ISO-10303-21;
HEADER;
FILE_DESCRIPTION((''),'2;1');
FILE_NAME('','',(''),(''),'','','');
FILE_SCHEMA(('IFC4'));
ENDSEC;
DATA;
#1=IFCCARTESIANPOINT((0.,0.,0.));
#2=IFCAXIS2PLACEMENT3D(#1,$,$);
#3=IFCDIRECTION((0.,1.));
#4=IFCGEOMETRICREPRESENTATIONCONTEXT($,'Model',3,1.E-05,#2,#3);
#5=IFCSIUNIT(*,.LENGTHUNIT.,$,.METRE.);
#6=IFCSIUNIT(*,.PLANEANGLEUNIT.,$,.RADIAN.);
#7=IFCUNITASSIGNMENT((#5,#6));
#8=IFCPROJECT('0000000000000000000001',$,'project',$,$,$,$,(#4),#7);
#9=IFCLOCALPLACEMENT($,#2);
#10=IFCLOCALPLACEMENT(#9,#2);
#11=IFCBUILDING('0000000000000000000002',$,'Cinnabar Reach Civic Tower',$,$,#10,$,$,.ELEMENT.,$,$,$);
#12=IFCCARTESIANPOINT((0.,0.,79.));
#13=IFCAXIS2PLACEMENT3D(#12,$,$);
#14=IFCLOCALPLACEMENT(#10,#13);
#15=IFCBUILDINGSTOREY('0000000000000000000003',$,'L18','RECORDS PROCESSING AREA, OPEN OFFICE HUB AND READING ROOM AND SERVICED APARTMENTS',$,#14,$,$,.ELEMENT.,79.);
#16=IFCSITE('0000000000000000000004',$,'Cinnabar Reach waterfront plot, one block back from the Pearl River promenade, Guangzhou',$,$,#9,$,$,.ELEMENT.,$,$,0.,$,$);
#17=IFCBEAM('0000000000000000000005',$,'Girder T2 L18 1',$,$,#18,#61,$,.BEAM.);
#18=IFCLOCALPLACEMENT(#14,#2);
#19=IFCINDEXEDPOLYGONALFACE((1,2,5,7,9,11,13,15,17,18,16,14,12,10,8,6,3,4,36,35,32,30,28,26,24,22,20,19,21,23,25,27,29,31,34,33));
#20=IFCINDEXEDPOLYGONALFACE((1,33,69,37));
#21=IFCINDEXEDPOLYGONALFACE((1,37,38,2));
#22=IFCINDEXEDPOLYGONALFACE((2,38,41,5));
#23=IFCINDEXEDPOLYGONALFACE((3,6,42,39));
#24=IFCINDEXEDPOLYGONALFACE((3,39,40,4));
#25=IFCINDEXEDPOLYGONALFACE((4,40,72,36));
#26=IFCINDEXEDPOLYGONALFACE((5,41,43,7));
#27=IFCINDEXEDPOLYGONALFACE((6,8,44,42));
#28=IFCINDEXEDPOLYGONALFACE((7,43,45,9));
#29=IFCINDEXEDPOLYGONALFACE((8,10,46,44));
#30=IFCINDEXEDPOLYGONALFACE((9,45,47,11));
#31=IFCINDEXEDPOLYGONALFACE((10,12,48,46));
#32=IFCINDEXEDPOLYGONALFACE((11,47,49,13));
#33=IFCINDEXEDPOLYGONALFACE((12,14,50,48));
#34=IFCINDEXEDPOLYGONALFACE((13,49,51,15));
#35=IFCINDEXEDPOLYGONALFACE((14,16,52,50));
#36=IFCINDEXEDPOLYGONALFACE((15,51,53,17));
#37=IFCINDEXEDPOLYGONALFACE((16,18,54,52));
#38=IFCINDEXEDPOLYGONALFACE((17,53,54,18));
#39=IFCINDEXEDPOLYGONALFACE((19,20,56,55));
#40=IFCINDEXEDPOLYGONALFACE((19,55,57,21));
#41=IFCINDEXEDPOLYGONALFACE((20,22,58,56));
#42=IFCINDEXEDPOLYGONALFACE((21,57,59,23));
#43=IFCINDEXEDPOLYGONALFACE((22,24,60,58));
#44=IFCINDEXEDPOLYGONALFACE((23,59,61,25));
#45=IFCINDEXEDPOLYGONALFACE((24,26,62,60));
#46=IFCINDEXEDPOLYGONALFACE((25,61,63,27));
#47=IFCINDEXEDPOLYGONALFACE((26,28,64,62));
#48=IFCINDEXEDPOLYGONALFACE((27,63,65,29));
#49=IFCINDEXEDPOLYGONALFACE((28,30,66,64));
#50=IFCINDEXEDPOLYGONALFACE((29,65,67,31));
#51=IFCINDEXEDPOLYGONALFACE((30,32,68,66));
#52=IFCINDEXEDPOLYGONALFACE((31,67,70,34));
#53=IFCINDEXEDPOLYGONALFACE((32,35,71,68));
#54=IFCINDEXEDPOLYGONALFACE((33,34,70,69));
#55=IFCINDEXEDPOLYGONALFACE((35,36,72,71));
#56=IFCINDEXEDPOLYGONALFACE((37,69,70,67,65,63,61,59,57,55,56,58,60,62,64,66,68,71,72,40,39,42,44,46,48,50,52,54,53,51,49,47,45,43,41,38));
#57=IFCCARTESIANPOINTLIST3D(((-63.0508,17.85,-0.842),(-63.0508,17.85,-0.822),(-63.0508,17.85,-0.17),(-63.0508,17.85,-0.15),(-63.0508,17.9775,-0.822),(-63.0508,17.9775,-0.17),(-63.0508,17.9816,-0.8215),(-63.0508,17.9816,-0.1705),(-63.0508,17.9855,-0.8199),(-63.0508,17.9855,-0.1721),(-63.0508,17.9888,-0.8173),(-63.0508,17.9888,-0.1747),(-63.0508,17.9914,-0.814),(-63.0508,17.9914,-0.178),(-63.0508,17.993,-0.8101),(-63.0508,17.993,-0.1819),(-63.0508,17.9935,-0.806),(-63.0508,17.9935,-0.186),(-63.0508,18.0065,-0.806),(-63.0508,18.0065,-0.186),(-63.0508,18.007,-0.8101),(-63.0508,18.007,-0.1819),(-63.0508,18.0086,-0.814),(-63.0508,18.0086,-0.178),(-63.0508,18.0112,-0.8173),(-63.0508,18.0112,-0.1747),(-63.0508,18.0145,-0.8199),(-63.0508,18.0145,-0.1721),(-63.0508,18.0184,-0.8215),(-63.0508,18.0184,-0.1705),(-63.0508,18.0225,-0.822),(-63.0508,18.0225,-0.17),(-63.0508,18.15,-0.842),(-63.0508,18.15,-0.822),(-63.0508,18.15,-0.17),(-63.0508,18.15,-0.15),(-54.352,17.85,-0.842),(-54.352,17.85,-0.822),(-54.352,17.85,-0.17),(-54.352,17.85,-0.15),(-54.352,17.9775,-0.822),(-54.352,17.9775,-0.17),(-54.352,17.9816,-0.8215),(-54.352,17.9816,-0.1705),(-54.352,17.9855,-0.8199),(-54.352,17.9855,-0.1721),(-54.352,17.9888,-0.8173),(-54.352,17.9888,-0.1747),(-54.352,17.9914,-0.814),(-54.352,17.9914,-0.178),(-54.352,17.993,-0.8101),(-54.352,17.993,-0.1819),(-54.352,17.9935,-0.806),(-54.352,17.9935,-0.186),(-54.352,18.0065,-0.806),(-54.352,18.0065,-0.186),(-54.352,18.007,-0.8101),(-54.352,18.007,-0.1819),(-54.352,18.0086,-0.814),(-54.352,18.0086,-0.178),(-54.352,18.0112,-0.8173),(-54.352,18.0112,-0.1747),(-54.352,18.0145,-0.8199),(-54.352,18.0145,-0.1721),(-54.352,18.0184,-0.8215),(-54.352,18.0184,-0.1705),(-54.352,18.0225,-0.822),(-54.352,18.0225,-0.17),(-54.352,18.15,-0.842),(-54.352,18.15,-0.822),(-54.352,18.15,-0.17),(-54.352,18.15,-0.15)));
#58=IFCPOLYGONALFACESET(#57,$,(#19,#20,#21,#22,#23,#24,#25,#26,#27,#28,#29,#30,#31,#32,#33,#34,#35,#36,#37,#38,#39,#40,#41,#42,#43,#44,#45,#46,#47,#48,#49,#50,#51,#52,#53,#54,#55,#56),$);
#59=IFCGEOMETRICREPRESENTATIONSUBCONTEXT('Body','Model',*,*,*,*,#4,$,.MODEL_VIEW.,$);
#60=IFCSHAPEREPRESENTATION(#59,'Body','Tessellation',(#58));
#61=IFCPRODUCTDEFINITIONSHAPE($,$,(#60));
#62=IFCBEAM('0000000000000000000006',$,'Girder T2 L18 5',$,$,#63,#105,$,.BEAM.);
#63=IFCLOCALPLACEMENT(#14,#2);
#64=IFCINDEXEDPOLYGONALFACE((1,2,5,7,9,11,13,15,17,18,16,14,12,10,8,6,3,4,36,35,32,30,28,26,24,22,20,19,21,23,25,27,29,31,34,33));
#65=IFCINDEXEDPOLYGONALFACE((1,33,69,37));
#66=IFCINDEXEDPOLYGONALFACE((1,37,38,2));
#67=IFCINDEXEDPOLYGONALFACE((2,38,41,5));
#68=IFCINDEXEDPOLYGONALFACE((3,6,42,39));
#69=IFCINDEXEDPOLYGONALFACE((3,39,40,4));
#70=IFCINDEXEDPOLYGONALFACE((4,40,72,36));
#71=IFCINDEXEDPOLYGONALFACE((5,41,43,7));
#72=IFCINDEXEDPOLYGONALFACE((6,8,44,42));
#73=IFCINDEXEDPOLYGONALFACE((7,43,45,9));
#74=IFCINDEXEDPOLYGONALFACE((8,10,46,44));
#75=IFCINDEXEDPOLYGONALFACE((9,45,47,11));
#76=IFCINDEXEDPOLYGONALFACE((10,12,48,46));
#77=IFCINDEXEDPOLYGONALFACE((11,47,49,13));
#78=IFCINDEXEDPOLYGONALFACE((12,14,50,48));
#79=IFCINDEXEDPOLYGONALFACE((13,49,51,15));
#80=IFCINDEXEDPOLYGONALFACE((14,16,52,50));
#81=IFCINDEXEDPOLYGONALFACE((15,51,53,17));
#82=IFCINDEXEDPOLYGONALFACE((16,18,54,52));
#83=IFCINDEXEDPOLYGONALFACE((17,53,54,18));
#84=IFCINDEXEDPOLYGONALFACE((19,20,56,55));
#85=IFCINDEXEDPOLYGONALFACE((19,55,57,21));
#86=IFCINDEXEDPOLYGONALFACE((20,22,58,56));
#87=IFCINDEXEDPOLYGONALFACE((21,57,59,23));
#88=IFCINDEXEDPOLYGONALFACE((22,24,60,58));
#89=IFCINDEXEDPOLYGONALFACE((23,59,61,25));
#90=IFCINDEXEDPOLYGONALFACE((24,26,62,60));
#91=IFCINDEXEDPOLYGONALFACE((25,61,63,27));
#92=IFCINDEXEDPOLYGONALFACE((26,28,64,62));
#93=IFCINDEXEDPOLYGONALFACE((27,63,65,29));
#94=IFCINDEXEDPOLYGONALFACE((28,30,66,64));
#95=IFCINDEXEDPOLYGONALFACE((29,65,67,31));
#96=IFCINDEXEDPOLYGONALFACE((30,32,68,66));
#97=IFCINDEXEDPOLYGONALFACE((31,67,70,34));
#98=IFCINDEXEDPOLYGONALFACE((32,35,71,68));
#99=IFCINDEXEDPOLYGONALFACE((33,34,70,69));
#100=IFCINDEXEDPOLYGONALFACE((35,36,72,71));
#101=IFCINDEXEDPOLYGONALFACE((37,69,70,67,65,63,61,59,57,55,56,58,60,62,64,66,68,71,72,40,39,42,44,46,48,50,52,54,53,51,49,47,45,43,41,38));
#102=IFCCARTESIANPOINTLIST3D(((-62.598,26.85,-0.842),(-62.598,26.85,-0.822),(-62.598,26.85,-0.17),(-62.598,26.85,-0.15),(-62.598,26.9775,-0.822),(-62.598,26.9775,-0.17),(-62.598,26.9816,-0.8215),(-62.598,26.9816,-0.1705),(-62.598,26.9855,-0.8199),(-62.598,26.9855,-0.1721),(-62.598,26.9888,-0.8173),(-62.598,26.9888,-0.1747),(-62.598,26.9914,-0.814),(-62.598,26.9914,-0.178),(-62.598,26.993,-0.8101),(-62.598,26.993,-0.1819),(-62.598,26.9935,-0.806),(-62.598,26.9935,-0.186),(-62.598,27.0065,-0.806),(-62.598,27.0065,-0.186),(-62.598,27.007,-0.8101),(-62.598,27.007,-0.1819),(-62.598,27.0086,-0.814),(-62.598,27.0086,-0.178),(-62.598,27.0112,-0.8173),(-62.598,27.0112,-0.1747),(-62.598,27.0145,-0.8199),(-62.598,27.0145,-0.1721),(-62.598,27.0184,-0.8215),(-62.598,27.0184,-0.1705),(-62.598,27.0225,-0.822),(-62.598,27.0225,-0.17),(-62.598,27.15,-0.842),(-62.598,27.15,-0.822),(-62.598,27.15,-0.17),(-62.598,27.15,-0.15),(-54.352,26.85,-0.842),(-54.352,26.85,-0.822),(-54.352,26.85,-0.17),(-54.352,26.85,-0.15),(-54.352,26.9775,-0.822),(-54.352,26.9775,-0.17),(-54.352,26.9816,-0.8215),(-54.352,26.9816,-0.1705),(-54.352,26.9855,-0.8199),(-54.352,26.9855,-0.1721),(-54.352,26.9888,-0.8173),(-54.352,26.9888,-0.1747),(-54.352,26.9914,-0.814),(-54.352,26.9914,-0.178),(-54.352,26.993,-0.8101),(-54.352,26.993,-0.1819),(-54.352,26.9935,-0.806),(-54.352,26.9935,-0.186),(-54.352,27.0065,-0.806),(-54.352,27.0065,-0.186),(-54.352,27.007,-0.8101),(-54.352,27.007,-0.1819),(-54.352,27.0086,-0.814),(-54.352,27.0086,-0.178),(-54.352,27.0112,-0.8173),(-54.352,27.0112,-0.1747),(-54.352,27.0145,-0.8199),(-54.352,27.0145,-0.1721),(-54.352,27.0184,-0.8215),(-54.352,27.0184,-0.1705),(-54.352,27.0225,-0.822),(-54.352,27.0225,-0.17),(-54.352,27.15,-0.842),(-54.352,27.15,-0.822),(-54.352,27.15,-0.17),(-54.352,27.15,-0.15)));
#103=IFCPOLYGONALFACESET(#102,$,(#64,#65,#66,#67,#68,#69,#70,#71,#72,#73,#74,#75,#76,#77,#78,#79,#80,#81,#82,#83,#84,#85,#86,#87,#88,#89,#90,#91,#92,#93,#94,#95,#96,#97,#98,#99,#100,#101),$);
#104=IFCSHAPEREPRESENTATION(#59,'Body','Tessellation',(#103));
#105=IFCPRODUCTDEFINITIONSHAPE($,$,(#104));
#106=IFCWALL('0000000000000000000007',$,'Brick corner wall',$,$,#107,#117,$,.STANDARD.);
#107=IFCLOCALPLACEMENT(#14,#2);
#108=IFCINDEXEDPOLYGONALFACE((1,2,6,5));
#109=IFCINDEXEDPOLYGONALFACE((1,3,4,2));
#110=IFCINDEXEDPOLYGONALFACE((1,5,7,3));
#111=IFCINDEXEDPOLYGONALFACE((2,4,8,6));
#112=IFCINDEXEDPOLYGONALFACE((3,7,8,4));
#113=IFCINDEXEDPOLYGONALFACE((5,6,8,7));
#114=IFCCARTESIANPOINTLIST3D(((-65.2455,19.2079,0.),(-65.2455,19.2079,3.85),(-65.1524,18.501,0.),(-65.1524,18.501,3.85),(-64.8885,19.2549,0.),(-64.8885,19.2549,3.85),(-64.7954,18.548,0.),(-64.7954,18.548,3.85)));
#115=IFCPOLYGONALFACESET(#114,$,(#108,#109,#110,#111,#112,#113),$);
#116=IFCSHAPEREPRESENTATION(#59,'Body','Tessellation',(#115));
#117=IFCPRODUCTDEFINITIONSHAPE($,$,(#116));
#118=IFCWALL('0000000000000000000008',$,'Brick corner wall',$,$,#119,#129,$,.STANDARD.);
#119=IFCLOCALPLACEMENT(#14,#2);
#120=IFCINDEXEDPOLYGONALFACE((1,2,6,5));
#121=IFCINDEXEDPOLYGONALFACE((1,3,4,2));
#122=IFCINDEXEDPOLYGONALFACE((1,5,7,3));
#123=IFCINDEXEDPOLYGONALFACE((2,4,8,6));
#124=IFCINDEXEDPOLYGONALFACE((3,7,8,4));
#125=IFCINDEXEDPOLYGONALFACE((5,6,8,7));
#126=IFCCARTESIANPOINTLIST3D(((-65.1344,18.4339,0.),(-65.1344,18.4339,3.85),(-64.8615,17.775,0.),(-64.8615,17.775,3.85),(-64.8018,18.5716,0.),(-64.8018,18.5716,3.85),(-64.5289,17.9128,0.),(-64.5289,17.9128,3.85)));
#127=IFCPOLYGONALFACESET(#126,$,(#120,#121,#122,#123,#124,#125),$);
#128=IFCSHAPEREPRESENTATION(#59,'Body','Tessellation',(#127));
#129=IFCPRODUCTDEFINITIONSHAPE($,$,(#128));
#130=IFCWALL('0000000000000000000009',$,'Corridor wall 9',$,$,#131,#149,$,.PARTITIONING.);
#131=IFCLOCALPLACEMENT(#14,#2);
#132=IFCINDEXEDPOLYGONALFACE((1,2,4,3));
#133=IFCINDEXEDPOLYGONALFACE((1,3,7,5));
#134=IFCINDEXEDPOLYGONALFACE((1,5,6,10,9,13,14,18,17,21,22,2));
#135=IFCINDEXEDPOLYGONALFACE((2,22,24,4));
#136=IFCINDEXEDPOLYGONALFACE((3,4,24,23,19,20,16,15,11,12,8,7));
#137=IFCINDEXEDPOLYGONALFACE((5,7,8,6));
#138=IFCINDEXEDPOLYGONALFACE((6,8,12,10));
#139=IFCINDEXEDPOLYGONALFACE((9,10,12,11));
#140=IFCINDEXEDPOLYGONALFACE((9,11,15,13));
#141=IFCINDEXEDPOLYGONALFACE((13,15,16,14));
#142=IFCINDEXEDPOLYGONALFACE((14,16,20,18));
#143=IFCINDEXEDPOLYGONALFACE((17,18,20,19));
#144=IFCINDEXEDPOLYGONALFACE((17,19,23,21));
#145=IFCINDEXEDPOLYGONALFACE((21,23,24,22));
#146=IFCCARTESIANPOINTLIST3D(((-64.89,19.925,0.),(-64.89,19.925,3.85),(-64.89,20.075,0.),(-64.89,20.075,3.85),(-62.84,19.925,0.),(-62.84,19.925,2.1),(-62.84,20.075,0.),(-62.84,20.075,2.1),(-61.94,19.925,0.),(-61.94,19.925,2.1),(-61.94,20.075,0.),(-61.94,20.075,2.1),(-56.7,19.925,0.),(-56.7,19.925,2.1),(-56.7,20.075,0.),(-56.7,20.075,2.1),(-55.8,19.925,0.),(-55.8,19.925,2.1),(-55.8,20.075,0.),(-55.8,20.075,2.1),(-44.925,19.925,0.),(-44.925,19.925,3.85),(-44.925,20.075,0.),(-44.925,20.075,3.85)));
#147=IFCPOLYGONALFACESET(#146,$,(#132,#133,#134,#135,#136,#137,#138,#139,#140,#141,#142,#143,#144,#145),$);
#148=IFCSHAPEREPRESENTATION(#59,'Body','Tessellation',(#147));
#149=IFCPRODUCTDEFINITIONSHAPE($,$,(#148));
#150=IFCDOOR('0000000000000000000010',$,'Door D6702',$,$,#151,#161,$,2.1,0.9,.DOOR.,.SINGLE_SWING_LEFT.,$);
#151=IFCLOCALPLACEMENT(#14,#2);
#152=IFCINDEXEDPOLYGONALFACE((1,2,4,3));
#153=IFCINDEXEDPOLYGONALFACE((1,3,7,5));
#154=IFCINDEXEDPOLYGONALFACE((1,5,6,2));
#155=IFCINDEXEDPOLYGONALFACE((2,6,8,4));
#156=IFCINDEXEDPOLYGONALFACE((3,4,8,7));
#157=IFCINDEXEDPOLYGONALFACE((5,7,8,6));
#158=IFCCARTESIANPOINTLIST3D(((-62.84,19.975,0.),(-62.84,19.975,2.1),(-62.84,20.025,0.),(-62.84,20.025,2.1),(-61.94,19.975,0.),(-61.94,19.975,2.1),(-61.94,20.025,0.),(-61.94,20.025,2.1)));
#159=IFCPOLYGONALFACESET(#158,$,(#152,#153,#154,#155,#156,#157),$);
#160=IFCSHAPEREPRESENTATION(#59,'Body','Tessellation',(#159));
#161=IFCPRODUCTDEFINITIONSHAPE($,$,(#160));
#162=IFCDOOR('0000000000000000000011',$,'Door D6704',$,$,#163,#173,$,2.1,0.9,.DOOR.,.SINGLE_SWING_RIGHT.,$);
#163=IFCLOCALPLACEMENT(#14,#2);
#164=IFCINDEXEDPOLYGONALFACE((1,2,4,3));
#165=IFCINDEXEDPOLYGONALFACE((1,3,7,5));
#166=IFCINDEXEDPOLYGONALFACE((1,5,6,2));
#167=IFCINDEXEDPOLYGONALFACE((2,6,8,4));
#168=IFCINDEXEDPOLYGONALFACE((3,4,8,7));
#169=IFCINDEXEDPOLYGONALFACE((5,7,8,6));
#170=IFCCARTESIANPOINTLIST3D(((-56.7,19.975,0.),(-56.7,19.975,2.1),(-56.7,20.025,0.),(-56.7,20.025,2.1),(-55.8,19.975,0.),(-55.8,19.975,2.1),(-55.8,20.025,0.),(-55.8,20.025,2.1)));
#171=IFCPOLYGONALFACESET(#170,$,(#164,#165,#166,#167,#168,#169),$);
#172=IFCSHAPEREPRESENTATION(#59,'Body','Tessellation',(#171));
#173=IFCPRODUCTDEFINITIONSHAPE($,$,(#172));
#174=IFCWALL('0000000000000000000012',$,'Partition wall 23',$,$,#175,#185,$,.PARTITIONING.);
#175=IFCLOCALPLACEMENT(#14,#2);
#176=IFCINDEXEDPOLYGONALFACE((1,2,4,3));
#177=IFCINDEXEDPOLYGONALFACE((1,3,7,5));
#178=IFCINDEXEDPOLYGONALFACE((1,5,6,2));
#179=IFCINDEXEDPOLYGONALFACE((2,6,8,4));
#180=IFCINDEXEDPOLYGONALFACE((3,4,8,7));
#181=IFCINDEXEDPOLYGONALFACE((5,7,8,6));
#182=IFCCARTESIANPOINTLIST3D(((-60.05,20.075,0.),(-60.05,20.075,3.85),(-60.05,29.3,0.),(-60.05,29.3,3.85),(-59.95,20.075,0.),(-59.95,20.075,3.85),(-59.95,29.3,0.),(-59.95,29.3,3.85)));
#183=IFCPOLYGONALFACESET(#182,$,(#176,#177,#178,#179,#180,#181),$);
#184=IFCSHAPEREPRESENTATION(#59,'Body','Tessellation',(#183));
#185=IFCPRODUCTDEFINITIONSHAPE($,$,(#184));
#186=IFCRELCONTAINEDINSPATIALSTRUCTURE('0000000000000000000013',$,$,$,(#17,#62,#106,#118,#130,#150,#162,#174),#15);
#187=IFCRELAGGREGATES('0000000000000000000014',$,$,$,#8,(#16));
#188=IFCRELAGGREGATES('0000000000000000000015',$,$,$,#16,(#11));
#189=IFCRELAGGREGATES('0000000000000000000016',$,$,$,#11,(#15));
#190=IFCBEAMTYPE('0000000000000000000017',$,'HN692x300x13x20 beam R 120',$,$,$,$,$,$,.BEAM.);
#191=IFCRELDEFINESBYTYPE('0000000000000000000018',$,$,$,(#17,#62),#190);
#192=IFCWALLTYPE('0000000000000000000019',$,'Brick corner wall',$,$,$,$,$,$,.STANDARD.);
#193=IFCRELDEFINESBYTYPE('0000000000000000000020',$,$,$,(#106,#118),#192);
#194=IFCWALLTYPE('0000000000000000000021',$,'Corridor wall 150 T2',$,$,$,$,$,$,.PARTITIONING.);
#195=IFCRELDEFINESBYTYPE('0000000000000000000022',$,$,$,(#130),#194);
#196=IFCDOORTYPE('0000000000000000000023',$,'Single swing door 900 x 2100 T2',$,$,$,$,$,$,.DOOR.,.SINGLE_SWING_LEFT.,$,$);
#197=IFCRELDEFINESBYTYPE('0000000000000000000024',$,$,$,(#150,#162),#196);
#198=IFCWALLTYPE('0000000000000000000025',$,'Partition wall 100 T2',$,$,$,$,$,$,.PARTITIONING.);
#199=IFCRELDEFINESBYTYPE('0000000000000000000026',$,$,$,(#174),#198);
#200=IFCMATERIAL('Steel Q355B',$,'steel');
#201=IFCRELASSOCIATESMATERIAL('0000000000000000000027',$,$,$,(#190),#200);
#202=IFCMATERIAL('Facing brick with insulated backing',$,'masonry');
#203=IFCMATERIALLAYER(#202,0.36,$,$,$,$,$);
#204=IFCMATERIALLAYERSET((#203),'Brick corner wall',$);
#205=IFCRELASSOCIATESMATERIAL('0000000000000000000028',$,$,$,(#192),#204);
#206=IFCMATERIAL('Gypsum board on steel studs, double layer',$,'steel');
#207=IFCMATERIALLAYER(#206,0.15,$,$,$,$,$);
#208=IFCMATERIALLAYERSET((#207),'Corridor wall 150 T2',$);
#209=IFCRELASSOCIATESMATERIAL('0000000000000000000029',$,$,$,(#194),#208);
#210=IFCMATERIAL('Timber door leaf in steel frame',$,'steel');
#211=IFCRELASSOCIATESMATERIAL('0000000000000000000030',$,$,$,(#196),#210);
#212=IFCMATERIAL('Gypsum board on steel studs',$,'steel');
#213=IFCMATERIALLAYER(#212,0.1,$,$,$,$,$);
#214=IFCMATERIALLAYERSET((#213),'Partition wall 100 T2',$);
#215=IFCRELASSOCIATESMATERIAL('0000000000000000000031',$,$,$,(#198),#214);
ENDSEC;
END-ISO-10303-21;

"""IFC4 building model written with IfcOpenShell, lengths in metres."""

from ifc_helpers import new_model, si_unit, direction, frame, frame_2d, origin, origin_2d, place, context, subcontext, project, spatial, rectangle, i_section, extrude, material, layer, layer_set, material_profile, profile_set, type_object, element, fill, save


model = new_model("IFC4")

# Units and contexts
model_context = context("Model", 3, precision=1e-05, world=origin(), true_north=direction((0.0, 1.0)))
body_context = subcontext(model_context, "Body", "Model", "MODEL_VIEW")
ifc_project = project(units=[si_unit("LENGTHUNIT", "METRE"), si_unit("PLANEANGLEUNIT", "RADIAN")], contexts=[model_context])

# Site, building, storey
site_placement = place(None, origin())
site = spatial("IfcSite", under=ifc_project, at=site_placement, Name="Cinnabar Reach waterfront plot, one block back from the Pearl River promenade, Guangzhou", CompositionType="ELEMENT", RefElevation=0.0)
building_placement = place(site_placement, origin())
building = spatial("IfcBuilding", under=site, at=building_placement, Name="Cinnabar Reach Civic Tower", CompositionType="ELEMENT")
storey_placement = place(building_placement, frame((0.0, 0.0, 79.0)))
storey = spatial("IfcBuildingStorey", under=building, at=storey_placement, Name="L18", Description="RECORDS PROCESSING AREA, OPEN OFFICE HUB AND READING ROOM AND SERVICED APARTMENTS", CompositionType="ELEMENT", Elevation=79.0)

# Beams
ifc_material_1 = material(Name="Steel Q355B", Category="steel")
ifc_material_profile_1 = material_profile(ifc_material_1, i_section(OverallWidth=0.3, OverallDepth=0.692, WebThickness=0.013, FlangeThickness=0.02, FilletRadius=0.016, at=origin_2d()), Name="HN692x300x13x20")
ifc_profile_set_1 = profile_set([ifc_material_profile_1], Name="Steel Q355B")
beam_type_1 = type_object("IfcBeamType", Name="HN692x300x13x20 beam R 120", PredefinedType="BEAM", material=ifc_profile_set_1)
beam_1_placement = place(storey_placement, frame((-63.0508, 18.0, -0.496), z_axis=(1.0, 0.0, 0.0), x_axis=(0.0, 1.0, 0.0)))
element("IfcBeam", 1, at=beam_1_placement, inside=storey, type_object=beam_type_1, Name="Girder T2 L18 1", PredefinedType="BEAM", context=body_context, shape_type="SweptSolid", body=[
    extrude(i_section(OverallWidth=0.3, OverallDepth=0.692, WebThickness=0.013, FlangeThickness=0.02, FilletRadius=0.016, at=origin_2d()), origin(), (0.0, 0.0, 1.0), 8.6988),
])
beam_2_placement = place(storey_placement, frame((-62.598, 27.0, -0.496), z_axis=(1.0, 0.0, 0.0), x_axis=(0.0, 1.0, 0.0)))
element("IfcBeam", 2, at=beam_2_placement, inside=storey, type_object=beam_type_1, Name="Girder T2 L18 5", PredefinedType="BEAM", context=body_context, shape_type="SweptSolid", body=[
    extrude(i_section(OverallWidth=0.3, OverallDepth=0.692, WebThickness=0.013, FlangeThickness=0.02, FilletRadius=0.016, at=origin_2d()), origin(), (0.0, 0.0, 1.0), 8.246),
])

# Walls
ifc_material_2 = material(Name="Facing brick with insulated backing", Category="masonry")
ifc_layer_1 = layer(ifc_material_2, 0.36)
ifc_layer_set_1 = layer_set([ifc_layer_1], Name="Brick corner wall")
wall_type_1 = type_object("IfcWallType", Name="Brick corner wall", PredefinedType="STANDARD", material=ifc_layer_set_1)
for number, where, z_axis, x_axis, name in (
    (3, (-65.067, 19.2314, 0.0), (0.0, 0.0, 1.0), (0.130556, -0.991441, 0.0), "Brick corner wall"),
    (4, (-64.9681, 18.5027, 0.0), (0.0, 0.0, 1.0), (0.382703, -0.923872, 0.0), "Brick corner wall"),
):
    element("IfcWall", number, at=place(storey_placement, frame(where, z_axis=z_axis, x_axis=x_axis)), inside=storey, type_object=wall_type_1, Name=name, PredefinedType="STANDARD", context=body_context, shape_type="SweptSolid", body=[
        extrude(rectangle(XDim=0.7131, YDim=0.36, at=frame_2d((0.3565, 0.0))), origin(), (0.0, 0.0, 1.0), 3.85),
    ])

# Wall, openings, doors
ifc_material_3 = material(Name="Gypsum board on steel studs, double layer", Category="steel")
ifc_layer_2 = layer(ifc_material_3, 0.15)
ifc_layer_set_2 = layer_set([ifc_layer_2], Name="Corridor wall 150 T2")
wall_type_2 = type_object("IfcWallType", Name="Corridor wall 150 T2", PredefinedType="PARTITIONING", material=ifc_layer_set_2)
wall_1_placement = place(storey_placement, frame((-64.89, 20.0, 0.0), z_axis=(0.0, 0.0, 1.0), x_axis=(1.0, 0.0, 0.0)))
wall_1 = element("IfcWall", 5, at=wall_1_placement, inside=storey, type_object=wall_type_2, Name="Corridor wall 9", PredefinedType="PARTITIONING", context=body_context, shape_type="SweptSolid", body=[
    extrude(rectangle(XDim=19.965, YDim=0.15, at=frame_2d((9.9825, 0.0))), origin(), (0.0, 0.0, 1.0), 3.85),
])
opening_1_placement = place(wall_1_placement, frame((2.05, 0.0, 0.0)))
opening_1 = element("IfcOpeningElement", 6, at=opening_1_placement, cuts=wall_1, PredefinedType="OPENING", context=body_context, shape_type="SweptSolid", body=[
    extrude(rectangle(XDim=0.9, YDim=2.1, at=frame_2d((0.45, 1.05))), frame((0.0, 0.085, 0.0), z_axis=(0.0, -1.0, 0.0), x_axis=(1.0, 0.0, 0.0)), (0.0, 0.0, 1.0), 0.17),
])
opening_2_placement = place(wall_1_placement, frame((8.19, 0.0, 0.0)))
opening_2 = element("IfcOpeningElement", 7, at=opening_2_placement, cuts=wall_1, PredefinedType="OPENING", context=body_context, shape_type="SweptSolid", body=[
    extrude(rectangle(XDim=0.9, YDim=2.1, at=frame_2d((0.45, 1.05))), frame((0.0, 0.085, 0.0), z_axis=(0.0, -1.0, 0.0), x_axis=(1.0, 0.0, 0.0)), (0.0, 0.0, 1.0), 0.17),
])
ifc_material_4 = material(Name="Timber door leaf in steel frame", Category="steel")
door_type = type_object("IfcDoorType", Name="Single swing door 900 x 2100 T2", OperationType="SINGLE_SWING_LEFT", PredefinedType="DOOR", material=ifc_material_4)
door_1_placement = place(opening_1_placement, origin())
door_1 = element("IfcDoor", 8, at=door_1_placement, inside=storey, type_object=door_type, Name="Door D6702", OperationType="SINGLE_SWING_LEFT", OverallHeight=2.1, OverallWidth=0.9, PredefinedType="DOOR", context=body_context, shape_type="SweptSolid", body=[
    extrude(rectangle(XDim=0.9, YDim=2.1, at=frame_2d((0.45, 1.05))), frame((0.0, 0.025, 0.0), z_axis=(0.0, -1.0, 0.0), x_axis=(1.0, 0.0, 0.0)), (0.0, 0.0, 1.0), 0.05),
])
fill(opening_1, door_1)
door_2_placement = place(opening_2_placement, origin())
door_2 = element("IfcDoor", 9, at=door_2_placement, inside=storey, type_object=door_type, Name="Door D6704", OperationType="SINGLE_SWING_RIGHT", OverallHeight=2.1, OverallWidth=0.9, PredefinedType="DOOR", context=body_context, shape_type="SweptSolid", body=[
    extrude(rectangle(XDim=0.9, YDim=2.1, at=frame_2d((0.45, 1.05))), frame((0.0, 0.025, 0.0), z_axis=(0.0, -1.0, 0.0), x_axis=(1.0, 0.0, 0.0)), (0.0, 0.0, 1.0), 0.05),
])
fill(opening_2, door_2)

# Wall
ifc_material_5 = material(Name="Gypsum board on steel studs", Category="steel")
ifc_layer_3 = layer(ifc_material_5, 0.1)
ifc_layer_set_3 = layer_set([ifc_layer_3], Name="Partition wall 100 T2")
wall_type_3 = type_object("IfcWallType", Name="Partition wall 100 T2", PredefinedType="PARTITIONING", material=ifc_layer_set_3)
wall_2_placement = place(storey_placement, frame((-60.0, 20.075, 0.0), z_axis=(0.0, 0.0, 1.0), x_axis=(0.0, 1.0, 0.0)))
element("IfcWall", 10, at=wall_2_placement, inside=storey, type_object=wall_type_3, Name="Partition wall 23", PredefinedType="PARTITIONING", context=body_context, shape_type="SweptSolid", body=[
    extrude(rectangle(XDim=9.225, YDim=0.1, at=frame_2d((4.6125, 0.0))), origin(), (0.0, 0.0, 1.0), 3.85),
])

save(model, "model.ifc")
